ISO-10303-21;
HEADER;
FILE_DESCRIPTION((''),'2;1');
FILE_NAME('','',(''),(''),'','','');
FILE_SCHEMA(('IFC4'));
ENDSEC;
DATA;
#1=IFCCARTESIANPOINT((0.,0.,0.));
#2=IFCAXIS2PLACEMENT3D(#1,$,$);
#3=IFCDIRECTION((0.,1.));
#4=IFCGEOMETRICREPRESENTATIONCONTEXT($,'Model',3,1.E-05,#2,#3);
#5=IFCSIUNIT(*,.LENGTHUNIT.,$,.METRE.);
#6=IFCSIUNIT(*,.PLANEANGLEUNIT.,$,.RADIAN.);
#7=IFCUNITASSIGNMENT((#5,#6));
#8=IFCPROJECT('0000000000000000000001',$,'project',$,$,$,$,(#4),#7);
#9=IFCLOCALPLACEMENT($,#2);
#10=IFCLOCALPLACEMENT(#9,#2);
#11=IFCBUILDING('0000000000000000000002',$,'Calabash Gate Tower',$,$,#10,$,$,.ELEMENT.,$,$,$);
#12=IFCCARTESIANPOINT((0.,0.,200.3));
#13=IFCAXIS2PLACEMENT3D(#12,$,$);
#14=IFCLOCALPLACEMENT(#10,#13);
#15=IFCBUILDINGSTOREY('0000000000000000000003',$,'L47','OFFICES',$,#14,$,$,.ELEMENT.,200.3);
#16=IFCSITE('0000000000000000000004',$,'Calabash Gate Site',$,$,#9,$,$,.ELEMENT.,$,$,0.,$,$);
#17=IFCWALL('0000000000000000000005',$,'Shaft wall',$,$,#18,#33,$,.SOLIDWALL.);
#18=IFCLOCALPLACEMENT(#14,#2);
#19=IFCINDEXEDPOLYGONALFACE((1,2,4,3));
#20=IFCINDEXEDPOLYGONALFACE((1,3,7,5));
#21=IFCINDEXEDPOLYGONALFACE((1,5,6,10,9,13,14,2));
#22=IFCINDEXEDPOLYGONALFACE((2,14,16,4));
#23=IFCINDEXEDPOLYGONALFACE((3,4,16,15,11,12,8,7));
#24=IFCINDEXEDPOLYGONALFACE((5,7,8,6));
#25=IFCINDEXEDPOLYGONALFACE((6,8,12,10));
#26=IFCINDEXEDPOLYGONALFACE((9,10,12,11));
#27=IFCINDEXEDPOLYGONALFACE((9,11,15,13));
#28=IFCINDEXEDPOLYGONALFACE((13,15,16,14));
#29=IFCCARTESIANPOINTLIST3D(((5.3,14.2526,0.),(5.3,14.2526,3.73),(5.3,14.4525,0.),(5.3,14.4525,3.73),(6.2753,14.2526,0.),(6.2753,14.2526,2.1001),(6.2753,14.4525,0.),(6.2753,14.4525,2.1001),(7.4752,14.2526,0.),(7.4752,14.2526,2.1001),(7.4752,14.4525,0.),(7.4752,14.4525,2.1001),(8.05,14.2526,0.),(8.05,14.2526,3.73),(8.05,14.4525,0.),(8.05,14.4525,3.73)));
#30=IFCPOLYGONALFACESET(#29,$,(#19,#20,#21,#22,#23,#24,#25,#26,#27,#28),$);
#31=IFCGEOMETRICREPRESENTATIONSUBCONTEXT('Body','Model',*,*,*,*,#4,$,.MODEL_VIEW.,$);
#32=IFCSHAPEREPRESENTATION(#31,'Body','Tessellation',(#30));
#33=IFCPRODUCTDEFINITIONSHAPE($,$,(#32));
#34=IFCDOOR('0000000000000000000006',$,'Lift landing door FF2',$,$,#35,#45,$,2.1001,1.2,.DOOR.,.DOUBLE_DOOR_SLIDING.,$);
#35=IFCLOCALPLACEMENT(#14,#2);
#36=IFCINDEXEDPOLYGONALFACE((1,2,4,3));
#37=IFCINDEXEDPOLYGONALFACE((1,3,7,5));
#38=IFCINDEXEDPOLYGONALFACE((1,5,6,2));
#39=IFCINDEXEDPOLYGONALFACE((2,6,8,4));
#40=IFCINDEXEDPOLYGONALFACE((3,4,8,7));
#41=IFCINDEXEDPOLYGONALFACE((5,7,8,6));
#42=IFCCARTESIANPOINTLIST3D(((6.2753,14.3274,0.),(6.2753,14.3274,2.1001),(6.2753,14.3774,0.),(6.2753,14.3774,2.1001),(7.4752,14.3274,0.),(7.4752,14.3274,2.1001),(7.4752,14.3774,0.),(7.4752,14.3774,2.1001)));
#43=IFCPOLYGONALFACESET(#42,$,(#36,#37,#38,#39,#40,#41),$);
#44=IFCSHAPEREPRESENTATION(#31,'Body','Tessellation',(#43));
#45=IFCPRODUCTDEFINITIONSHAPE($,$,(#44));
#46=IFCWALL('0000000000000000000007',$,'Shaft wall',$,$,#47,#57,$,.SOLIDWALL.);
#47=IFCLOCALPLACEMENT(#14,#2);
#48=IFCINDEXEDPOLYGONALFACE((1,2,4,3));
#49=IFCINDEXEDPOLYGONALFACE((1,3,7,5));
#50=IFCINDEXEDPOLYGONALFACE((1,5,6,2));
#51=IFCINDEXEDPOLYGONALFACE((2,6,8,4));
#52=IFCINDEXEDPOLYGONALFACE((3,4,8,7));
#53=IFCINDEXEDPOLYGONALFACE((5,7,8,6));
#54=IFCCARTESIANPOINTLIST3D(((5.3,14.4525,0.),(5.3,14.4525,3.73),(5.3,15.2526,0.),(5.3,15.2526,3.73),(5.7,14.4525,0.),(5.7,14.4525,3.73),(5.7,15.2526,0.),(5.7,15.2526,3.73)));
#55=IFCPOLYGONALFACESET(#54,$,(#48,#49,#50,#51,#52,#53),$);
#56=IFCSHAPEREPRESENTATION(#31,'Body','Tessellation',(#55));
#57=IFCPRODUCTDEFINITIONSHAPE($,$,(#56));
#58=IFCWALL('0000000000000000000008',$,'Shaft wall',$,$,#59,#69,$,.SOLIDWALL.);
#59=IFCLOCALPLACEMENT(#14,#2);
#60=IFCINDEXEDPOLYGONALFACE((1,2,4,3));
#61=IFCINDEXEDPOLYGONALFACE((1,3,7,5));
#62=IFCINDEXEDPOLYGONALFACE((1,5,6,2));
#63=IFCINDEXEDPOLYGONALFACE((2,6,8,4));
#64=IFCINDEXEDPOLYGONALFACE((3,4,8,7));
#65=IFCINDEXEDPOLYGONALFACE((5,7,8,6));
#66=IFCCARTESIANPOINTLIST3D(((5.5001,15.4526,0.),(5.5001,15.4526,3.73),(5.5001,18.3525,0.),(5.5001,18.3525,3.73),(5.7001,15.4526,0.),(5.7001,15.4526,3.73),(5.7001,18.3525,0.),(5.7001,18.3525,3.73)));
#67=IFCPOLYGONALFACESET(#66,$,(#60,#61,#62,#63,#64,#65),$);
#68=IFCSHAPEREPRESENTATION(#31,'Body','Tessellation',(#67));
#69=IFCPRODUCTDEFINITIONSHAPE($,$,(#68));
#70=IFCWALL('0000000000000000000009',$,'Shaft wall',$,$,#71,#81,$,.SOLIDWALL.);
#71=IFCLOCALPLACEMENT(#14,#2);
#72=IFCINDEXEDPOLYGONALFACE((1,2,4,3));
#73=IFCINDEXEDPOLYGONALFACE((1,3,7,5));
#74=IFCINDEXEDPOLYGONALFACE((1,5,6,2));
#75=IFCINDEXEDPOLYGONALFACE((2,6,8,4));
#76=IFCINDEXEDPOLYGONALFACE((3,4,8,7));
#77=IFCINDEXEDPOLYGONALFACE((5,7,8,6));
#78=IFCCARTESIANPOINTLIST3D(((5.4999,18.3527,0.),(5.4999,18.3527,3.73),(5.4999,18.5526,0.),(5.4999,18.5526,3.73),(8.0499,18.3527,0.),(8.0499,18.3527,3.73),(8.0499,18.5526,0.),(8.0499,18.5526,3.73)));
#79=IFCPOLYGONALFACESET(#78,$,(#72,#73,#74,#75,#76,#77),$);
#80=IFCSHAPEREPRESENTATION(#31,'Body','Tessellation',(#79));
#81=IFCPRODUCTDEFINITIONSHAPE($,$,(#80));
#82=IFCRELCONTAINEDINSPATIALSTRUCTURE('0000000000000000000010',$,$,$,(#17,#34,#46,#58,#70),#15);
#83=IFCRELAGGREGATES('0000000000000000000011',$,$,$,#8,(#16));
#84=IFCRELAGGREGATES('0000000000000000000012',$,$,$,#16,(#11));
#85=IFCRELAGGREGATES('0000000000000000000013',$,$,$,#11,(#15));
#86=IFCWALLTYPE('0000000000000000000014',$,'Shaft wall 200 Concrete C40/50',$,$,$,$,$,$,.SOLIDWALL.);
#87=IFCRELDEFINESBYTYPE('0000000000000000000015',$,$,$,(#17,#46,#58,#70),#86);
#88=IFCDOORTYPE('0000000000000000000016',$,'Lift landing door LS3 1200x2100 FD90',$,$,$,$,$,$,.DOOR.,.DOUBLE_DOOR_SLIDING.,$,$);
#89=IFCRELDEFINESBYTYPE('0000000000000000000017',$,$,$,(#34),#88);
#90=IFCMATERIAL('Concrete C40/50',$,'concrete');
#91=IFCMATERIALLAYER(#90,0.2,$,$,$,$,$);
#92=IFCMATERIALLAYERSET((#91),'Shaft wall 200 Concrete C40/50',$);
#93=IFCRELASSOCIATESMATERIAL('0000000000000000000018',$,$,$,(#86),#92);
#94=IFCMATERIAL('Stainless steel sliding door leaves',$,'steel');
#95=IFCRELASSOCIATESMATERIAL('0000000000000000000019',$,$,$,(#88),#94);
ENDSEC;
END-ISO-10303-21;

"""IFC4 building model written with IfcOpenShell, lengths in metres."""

from ifc_helpers import new_model, si_unit, direction, frame, frame_2d, origin, place, context, subcontext, project, spatial, rectangle, extrude, material, layer, layer_set, type_object, element, fill, save


model = new_model("IFC4")

# Units and contexts
model_context = context("Model", 3, precision=1e-05, world=origin(), true_north=direction((0.0, 1.0)))
body_context = subcontext(model_context, "Body", "Model", "MODEL_VIEW")
ifc_project = project(units=[si_unit("LENGTHUNIT", "METRE"), si_unit("PLANEANGLEUNIT", "RADIAN")], contexts=[model_context])

# Site, building, storey
site_placement = place(None, origin())
site = spatial("IfcSite", under=ifc_project, at=site_placement, Name="Calabash Gate Site", CompositionType="ELEMENT", RefElevation=0.0)
building_placement = place(site_placement, origin())
building = spatial("IfcBuilding", under=site, at=building_placement, Name="Calabash Gate Tower", CompositionType="ELEMENT")
storey_placement = place(building_placement, frame((0.0, 0.0, 200.3)))
storey = spatial("IfcBuildingStorey", under=building, at=storey_placement, Name="L47", Description="OFFICES", CompositionType="ELEMENT", Elevation=200.3)

# Shared definitions
ifc_material_1 = material(Name="Concrete C40/50", Category="concrete")
ifc_layer_1 = layer(ifc_material_1, 0.2)
ifc_layer_set_1 = layer_set([ifc_layer_1], Name="Shaft wall 200 Concrete C40/50")
wall_type_1 = type_object("IfcWallType", Name="Shaft wall 200 Concrete C40/50", PredefinedType="SOLIDWALL", material=ifc_layer_set_1)

# Wall, opening, door
wall_1_placement = place(storey_placement, frame((5.3, 14.3525, 0.0), z_axis=(0.0, 0.0, 1.0), x_axis=(1.0, 0.0, 0.0)))
wall_1 = element("IfcWall", 1, at=wall_1_placement, inside=storey, type_object=wall_type_1, Name="Shaft wall", PredefinedType="SOLIDWALL", context=body_context, shape_type="SweptSolid", body=[
    extrude(rectangle(XDim=2.75, YDim=0.2, at=frame_2d((1.375, 0.0))), origin(), (0.0, 0.0, 1.0), 3.73),
])
opening_1_placement = place(wall_1_placement, frame((0.9751, 0.0, 0.0)))
opening_1 = element("IfcOpeningElement", 2, at=opening_1_placement, cuts=wall_1, PredefinedType="OPENING", context=body_context, shape_type="SweptSolid", body=[
    extrude(rectangle(XDim=1.2, YDim=2.1001, at=frame_2d((0.6001, 1.05))), frame((0.0, 0.1099, 0.0), z_axis=(0.0, -1.0, 0.0), x_axis=(1.0, 0.0, 0.0)), (0.0, 0.0, 1.0), 0.22),
])
ifc_material_2 = material(Name="Stainless steel sliding door leaves", Category="steel")
door_type_1 = type_object("IfcDoorType", Name="Lift landing door LS3 1200x2100 FD90", OperationType="DOUBLE_DOOR_SLIDING", PredefinedType="DOOR", material=ifc_material_2)
door_1_placement = place(opening_1_placement, origin())
door_1 = element("IfcDoor", 3, at=door_1_placement, inside=storey, type_object=door_type_1, Name="Lift landing door FF2", OperationType="DOUBLE_DOOR_SLIDING", OverallHeight=2.1001, OverallWidth=1.2, PredefinedType="DOOR", context=body_context, shape_type="SweptSolid", body=[
    extrude(rectangle(XDim=1.2, YDim=2.1001, at=frame_2d((0.6001, 1.05))), frame((0.0, 0.0249, 0.0), z_axis=(0.0, -1.0, 0.0), x_axis=(1.0, 0.0, 0.0)), (0.0, 0.0, 1.0), 0.05),
])
fill(opening_1, door_1)

# Walls
wall_2_placement = place(storey_placement, frame((5.5, 14.4526, 0.0), z_axis=(0.0, 0.0, 1.0), x_axis=(0.0, 1.0, 0.0)))
element("IfcWall", 4, at=wall_2_placement, inside=storey, type_object=wall_type_1, Name="Shaft wall", PredefinedType="SOLIDWALL", context=body_context, shape_type="SweptSolid", body=[
    extrude(rectangle(XDim=0.8, YDim=0.3999, at=frame_2d((0.3999, 0.0))), origin(), (0.0, 0.0, 1.0), 3.73),
])
wall_3_placement = place(storey_placement, frame((5.6001, 15.4526, 0.0), z_axis=(0.0, 0.0, 1.0), x_axis=(0.0, 1.0, 0.0)))
element("IfcWall", 5, at=wall_3_placement, inside=storey, type_object=wall_type_1, Name="Shaft wall", PredefinedType="SOLIDWALL", context=body_context, shape_type="SweptSolid", body=[
    extrude(rectangle(XDim=2.8999, YDim=0.2, at=frame_2d((1.45, 0.0))), origin(), (0.0, 0.0, 1.0), 3.73),
])
wall_4_placement = place(storey_placement, frame((5.5, 18.4526, 0.0), z_axis=(0.0, 0.0, 1.0), x_axis=(1.0, 0.0, 0.0)))
element("IfcWall", 6, at=wall_4_placement, inside=storey, type_object=wall_type_1, Name="Shaft wall", PredefinedType="SOLIDWALL", context=body_context, shape_type="SweptSolid", body=[
    extrude(rectangle(XDim=2.55, YDim=0.2, at=frame_2d((1.2749, 0.0))), origin(), (0.0, 0.0, 1.0), 3.73),
])

save(model, "model.ifc")
